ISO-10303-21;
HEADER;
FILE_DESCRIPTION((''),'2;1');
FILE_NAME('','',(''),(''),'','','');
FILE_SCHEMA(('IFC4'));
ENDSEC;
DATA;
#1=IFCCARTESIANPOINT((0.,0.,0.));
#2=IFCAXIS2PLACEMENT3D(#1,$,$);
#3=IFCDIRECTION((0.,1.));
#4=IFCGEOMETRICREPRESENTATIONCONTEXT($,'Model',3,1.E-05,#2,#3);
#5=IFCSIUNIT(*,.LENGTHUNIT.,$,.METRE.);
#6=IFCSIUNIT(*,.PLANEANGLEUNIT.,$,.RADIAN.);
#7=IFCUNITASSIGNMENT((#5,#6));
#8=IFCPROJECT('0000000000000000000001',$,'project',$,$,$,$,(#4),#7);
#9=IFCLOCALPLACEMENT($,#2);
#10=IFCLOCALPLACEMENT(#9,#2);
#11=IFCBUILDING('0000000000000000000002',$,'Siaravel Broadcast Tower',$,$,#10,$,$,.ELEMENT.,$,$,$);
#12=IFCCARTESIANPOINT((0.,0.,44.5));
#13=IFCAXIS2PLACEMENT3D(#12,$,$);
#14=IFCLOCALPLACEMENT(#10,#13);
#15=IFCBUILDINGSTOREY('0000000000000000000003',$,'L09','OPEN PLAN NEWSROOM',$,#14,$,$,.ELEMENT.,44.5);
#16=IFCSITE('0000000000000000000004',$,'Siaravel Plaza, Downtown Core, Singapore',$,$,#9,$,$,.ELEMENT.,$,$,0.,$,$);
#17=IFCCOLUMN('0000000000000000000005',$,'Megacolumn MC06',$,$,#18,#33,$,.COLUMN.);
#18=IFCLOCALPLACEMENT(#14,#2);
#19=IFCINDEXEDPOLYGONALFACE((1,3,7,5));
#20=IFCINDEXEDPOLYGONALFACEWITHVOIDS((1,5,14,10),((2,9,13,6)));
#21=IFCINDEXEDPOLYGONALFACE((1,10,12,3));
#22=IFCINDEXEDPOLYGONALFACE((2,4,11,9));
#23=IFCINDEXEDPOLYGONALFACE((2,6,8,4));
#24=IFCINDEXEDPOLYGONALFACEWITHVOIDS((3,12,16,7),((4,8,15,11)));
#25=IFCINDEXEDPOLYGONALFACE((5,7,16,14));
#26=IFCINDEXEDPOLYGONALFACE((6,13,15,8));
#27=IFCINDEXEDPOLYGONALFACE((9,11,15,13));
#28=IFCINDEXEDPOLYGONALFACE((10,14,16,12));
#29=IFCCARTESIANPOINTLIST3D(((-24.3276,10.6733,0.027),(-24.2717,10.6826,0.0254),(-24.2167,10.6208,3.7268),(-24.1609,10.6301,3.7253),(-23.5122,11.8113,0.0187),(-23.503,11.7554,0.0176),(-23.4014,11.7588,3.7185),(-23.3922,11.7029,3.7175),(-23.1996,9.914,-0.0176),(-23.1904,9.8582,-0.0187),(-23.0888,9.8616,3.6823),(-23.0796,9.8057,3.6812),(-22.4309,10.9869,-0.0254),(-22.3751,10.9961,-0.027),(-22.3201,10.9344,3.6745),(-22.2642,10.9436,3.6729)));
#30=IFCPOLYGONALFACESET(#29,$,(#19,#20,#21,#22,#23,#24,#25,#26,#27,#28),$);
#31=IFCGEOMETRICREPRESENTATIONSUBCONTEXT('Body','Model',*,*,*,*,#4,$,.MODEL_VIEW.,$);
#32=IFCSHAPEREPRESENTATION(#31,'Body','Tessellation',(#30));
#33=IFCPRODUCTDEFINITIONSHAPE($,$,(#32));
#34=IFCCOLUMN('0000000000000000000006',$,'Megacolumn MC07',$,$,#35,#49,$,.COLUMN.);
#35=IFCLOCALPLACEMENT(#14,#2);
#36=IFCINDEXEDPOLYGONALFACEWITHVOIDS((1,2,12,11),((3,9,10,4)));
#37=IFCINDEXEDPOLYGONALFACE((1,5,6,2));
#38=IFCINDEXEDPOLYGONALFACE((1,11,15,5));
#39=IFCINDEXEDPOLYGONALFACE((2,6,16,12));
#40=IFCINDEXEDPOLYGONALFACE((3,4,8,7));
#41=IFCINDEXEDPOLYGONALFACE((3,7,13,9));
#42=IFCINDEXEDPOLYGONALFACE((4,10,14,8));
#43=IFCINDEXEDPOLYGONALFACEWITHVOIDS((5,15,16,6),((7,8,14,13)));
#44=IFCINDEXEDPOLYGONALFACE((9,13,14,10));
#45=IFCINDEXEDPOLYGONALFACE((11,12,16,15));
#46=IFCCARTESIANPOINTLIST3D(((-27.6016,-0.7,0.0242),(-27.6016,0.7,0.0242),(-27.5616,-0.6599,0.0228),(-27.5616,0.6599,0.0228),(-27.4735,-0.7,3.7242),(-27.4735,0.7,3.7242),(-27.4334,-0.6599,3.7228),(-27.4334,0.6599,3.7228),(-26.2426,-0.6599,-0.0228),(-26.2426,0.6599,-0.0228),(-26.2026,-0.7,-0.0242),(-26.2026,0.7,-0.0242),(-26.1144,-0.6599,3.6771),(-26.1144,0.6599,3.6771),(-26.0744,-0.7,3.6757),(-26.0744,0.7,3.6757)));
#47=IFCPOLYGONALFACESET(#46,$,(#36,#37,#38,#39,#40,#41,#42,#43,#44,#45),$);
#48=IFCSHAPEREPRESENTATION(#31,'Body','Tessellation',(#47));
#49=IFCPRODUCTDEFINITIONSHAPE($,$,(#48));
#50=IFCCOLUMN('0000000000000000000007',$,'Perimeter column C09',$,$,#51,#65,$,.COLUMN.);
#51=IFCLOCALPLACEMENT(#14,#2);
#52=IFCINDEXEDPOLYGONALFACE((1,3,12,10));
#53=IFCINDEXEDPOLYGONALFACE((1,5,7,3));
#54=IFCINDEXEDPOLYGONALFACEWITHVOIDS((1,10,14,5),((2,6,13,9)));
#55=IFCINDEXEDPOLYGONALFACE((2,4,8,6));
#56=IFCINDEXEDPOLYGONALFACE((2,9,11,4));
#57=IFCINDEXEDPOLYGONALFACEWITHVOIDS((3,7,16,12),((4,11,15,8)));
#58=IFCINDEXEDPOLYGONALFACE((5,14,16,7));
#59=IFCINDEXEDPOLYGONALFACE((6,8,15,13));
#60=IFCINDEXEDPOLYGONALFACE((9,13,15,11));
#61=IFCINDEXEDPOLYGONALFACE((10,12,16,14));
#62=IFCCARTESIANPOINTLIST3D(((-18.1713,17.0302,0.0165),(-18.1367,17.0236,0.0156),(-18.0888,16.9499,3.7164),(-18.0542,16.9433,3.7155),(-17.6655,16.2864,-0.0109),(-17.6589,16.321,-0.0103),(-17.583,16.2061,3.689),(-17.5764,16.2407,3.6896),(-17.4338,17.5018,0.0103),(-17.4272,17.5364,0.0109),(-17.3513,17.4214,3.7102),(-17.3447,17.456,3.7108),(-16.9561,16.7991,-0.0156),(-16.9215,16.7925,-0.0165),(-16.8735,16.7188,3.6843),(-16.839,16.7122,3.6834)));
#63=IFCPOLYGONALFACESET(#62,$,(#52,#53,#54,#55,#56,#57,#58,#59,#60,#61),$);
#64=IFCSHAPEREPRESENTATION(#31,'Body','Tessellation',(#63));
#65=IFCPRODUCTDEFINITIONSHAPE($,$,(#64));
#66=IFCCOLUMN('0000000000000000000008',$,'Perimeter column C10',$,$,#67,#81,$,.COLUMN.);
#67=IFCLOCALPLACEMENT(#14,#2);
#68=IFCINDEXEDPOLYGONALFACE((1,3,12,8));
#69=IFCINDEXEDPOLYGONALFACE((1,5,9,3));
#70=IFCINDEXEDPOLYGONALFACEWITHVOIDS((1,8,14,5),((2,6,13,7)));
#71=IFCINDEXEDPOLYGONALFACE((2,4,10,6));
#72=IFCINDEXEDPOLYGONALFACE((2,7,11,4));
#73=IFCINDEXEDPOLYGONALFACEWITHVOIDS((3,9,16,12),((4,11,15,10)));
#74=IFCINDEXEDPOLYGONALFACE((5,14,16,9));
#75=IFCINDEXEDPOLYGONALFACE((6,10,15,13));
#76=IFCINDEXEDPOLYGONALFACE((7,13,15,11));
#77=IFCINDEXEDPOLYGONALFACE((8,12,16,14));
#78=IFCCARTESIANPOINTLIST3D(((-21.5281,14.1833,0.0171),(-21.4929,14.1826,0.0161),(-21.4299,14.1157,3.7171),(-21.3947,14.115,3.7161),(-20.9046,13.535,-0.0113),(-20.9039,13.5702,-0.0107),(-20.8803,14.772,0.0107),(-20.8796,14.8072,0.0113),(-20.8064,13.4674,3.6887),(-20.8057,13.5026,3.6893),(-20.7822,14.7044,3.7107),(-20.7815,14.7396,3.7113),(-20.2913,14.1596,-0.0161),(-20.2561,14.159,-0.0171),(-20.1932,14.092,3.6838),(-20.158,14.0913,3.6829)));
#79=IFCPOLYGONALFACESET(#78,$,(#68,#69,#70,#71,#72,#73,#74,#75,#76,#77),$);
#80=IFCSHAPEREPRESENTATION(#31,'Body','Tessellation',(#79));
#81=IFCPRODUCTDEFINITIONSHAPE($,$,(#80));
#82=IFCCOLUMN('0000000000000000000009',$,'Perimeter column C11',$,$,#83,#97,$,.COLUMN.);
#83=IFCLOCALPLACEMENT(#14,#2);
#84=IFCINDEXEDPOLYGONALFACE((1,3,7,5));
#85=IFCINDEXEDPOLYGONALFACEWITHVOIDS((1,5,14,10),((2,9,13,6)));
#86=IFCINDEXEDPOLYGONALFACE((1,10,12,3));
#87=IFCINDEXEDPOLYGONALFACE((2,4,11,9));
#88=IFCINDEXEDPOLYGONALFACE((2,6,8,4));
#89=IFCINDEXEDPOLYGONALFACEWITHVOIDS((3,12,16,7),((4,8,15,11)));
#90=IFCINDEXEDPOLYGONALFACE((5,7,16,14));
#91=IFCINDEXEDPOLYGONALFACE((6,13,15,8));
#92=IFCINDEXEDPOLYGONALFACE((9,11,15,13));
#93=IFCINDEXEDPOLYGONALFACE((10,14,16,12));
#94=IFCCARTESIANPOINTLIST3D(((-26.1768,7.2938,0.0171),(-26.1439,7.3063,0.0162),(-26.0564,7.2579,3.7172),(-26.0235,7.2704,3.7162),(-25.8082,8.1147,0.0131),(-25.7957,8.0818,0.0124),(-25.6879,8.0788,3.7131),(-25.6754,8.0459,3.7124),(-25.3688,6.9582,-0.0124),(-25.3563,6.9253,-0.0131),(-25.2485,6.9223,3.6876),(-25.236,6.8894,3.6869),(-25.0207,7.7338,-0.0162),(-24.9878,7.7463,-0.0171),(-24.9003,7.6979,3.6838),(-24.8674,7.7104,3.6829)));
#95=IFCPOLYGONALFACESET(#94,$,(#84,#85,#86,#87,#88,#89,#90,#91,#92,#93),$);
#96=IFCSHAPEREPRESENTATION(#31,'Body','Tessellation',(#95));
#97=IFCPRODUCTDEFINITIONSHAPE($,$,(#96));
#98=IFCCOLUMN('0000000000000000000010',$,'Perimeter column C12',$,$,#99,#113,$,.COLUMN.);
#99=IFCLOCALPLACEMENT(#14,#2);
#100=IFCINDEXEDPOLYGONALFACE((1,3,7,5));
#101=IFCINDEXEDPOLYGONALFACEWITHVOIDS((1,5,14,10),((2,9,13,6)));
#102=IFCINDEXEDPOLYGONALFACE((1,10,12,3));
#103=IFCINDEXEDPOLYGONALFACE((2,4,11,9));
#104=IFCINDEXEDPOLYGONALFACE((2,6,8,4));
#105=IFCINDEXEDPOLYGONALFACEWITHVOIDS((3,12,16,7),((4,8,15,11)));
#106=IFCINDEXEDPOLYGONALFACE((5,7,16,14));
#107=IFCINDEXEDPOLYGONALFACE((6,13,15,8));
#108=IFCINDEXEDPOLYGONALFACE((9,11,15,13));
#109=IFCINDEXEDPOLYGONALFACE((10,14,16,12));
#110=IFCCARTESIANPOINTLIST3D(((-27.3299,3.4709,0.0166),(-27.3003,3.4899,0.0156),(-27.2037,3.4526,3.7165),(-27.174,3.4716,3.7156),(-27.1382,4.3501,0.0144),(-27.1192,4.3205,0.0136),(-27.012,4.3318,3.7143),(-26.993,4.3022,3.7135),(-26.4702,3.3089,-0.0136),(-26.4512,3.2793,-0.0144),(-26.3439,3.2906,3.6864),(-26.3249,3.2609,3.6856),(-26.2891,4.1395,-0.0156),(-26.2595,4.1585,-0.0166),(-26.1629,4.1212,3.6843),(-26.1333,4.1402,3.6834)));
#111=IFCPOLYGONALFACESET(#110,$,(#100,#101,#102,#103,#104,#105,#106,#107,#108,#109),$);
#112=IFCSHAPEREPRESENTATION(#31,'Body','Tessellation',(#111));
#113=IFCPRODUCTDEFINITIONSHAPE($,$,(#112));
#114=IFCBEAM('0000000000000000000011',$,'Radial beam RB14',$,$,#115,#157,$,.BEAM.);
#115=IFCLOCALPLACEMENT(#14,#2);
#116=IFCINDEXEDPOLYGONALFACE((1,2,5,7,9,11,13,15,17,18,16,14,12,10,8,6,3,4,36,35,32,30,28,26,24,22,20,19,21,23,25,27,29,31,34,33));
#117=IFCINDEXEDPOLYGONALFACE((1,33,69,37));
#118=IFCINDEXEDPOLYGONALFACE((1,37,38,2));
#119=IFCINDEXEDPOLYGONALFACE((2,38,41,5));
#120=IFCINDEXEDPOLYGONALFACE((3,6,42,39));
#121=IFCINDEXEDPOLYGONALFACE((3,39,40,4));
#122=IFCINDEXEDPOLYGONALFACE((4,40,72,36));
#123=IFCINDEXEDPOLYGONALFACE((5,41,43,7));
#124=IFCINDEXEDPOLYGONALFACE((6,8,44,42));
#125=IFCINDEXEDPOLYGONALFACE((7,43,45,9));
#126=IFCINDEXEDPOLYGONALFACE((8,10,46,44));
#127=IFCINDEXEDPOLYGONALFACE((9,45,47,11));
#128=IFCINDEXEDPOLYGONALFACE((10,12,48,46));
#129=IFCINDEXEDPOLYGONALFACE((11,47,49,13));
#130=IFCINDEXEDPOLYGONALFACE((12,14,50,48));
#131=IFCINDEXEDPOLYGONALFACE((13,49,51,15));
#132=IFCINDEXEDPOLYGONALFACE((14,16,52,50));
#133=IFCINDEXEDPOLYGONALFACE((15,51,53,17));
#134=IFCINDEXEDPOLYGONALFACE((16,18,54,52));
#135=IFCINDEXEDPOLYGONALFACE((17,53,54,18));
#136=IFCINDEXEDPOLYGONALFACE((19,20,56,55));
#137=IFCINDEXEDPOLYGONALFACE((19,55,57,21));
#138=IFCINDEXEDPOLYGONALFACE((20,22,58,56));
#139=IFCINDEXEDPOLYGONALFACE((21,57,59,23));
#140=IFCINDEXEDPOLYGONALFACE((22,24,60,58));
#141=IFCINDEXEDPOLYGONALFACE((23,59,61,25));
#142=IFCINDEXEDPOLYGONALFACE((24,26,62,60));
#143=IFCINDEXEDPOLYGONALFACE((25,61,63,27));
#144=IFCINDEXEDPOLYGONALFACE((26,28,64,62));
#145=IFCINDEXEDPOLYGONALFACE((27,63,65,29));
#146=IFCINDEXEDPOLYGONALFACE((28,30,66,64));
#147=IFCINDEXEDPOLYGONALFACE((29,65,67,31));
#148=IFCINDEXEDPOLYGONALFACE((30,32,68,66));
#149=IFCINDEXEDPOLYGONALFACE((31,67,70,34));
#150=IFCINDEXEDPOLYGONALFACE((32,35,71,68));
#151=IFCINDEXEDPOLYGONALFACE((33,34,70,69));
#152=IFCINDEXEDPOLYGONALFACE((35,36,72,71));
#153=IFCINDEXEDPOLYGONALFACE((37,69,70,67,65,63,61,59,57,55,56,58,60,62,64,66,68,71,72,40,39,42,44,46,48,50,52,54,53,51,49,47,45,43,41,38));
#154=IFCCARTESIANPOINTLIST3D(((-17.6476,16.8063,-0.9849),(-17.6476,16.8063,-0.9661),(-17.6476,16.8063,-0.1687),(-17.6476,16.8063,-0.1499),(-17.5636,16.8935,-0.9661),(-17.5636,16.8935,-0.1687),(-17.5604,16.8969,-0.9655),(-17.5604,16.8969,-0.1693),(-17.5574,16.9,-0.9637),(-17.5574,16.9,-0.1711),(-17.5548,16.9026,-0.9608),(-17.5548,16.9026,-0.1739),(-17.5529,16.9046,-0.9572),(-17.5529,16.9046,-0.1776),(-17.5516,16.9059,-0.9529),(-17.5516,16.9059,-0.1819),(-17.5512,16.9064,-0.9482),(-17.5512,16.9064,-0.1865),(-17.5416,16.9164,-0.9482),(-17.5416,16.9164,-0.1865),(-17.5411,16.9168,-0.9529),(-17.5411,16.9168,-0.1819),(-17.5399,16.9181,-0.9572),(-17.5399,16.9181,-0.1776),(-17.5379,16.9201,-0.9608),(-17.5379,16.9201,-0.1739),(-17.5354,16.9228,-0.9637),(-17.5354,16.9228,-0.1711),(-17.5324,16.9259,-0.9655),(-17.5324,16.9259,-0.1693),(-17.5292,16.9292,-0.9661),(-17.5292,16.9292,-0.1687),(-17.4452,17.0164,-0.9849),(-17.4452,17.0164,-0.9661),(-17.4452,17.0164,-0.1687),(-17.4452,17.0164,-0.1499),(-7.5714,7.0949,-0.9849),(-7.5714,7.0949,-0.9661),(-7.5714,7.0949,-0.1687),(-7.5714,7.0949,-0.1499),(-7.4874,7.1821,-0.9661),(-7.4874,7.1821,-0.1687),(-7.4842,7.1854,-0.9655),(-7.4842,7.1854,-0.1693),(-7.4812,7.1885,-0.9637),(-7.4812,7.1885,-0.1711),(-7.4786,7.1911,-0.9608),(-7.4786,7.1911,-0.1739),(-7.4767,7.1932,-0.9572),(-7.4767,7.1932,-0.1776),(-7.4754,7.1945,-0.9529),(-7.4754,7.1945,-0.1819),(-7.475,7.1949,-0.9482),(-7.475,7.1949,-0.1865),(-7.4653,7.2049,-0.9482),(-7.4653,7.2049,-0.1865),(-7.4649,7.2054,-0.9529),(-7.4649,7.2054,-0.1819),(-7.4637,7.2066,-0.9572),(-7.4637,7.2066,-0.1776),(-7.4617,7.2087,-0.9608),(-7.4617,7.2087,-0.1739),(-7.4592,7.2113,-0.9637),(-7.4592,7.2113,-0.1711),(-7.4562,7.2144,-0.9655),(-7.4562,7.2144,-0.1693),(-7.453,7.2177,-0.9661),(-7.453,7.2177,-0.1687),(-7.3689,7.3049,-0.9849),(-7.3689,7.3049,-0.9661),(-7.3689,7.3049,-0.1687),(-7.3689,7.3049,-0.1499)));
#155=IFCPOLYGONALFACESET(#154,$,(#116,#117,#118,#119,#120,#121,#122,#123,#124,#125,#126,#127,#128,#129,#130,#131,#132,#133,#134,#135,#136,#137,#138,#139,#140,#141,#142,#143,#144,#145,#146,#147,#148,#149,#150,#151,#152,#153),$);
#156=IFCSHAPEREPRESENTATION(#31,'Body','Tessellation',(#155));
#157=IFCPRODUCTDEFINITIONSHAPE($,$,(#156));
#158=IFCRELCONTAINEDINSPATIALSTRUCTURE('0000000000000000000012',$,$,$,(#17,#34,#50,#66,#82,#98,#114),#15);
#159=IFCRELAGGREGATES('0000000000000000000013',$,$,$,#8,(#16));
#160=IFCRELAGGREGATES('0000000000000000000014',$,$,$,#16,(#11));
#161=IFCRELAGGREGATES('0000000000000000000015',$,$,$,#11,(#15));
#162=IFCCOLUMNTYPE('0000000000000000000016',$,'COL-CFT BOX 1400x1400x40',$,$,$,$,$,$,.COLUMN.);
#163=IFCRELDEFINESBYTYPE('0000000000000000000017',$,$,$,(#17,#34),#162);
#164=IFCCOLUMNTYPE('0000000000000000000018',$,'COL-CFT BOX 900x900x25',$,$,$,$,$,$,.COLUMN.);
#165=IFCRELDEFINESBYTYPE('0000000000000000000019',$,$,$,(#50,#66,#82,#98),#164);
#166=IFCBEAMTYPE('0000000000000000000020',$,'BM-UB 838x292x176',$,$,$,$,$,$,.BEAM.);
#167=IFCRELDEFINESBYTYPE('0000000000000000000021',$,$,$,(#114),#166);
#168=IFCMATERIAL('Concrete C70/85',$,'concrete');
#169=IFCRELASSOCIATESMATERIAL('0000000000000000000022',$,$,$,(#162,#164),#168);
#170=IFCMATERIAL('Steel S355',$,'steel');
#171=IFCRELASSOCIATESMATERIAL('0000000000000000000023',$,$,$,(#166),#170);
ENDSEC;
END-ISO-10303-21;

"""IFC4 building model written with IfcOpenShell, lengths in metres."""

from ifc_helpers import new_model, si_unit, direction, frame, origin, origin_2d, place, context, subcontext, project, spatial, hollow_rectangle, i_section, extrude, material, material_profile, profile_set, type_object, element, save


model = new_model("IFC4")

# Units and contexts
model_context = context("Model", 3, precision=1e-05, world=origin(), true_north=direction((0.0, 1.0)))
body_context = subcontext(model_context, "Body", "Model", "MODEL_VIEW")
ifc_project = project(units=[si_unit("LENGTHUNIT", "METRE"), si_unit("PLANEANGLEUNIT", "RADIAN")], contexts=[model_context])

# Site, building, storey
site_placement = place(None, origin())
site = spatial("IfcSite", under=ifc_project, at=site_placement, Name="Siaravel Plaza, Downtown Core, Singapore", CompositionType="ELEMENT", RefElevation=0.0)
building_placement = place(site_placement, origin())
building = spatial("IfcBuilding", under=site, at=building_placement, Name="Siaravel Broadcast Tower", CompositionType="ELEMENT")
storey_placement = place(building_placement, frame((0.0, 0.0, 44.5)))
storey = spatial("IfcBuildingStorey", under=building, at=storey_placement, Name="L09", Description="OPEN PLAN NEWSROOM", CompositionType="ELEMENT", Elevation=44.5)

# Columns
ifc_material_1 = material(Name="Concrete C70/85", Category="concrete")
ifc_material_profile_1 = material_profile(ifc_material_1, hollow_rectangle(XDim=1.3999, YDim=1.3999, WallThickness=0.04, at=origin_2d()))
ifc_profile_set_1 = profile_set([ifc_material_profile_1], Name="Concrete C70/85")
column_type_1 = type_object("IfcColumnType", Name="COL-CFT BOX 1400x1400x40", PredefinedType="COLUMN", material=ifc_profile_set_1)
column_1_placement = place(storey_placement, frame((-23.3513, 10.8347, 0.0), z_axis=(0.029941, -0.014179, 0.999451), x_axis=(0.582428, 0.812861, -0.005916)))
element("IfcColumn", 1, at=column_1_placement, inside=storey, type_object=column_type_1, Name="Megacolumn MC06", PredefinedType="COLUMN", context=body_context, shape_type="SweptSolid", body=[
    extrude(hollow_rectangle(XDim=1.3999, YDim=1.3999, WallThickness=0.04, at=origin_2d()), origin(), (0.0, 0.0, 1.0), 3.7019),
])
column_2_placement = place(storey_placement, frame((-26.9021, 0.0, 0.0), z_axis=(0.034621, 0.0, 0.999401), x_axis=(0.0, 1.0, 0.0)))
element("IfcColumn", 2, at=column_2_placement, inside=storey, type_object=column_type_1, Name="Megacolumn MC07", PredefinedType="COLUMN", context=body_context, shape_type="SweptSolid", body=[
    extrude(hollow_rectangle(XDim=1.3999, YDim=1.3999, WallThickness=0.04, at=origin_2d()), origin(), (0.0, 0.0, 1.0), 3.7021),
])
ifc_material_profile_2 = material_profile(ifc_material_1, hollow_rectangle(XDim=0.8999, YDim=0.8999, WallThickness=0.0249, at=origin_2d()))
ifc_profile_set_2 = profile_set([ifc_material_profile_2], Name="Concrete C70/85")
column_type_2 = type_object("IfcColumnType", Name="COL-CFT BOX 900x900x25", PredefinedType="COLUMN", material=ifc_profile_set_2)
column_3_placement = place(storey_placement, frame((-17.5464, 16.9114, 0.0), z_axis=(0.022292, -0.021698, 0.999516), x_axis=(0.826824, 0.562426, -0.006231)))
element("IfcColumn", 3, at=column_3_placement, inside=storey, type_object=column_type_2, Name="Perimeter column C09", PredefinedType="COLUMN", context=body_context, shape_type="SweptSolid", body=[
    extrude(hollow_rectangle(XDim=0.8999, YDim=0.8999, WallThickness=0.0249, at=origin_2d()), origin(), (0.0, 0.0, 1.0), 3.7017),
])
column_4_placement = place(storey_placement, frame((-20.8921, 14.1711, 0.0), z_axis=(0.026512, -0.018268, 0.999482), x_axis=(0.720586, 0.693335, -0.006442)))
element("IfcColumn", 4, at=column_4_placement, inside=storey, type_object=column_type_2, Name="Perimeter column C10", PredefinedType="COLUMN", context=body_context, shape_type="SweptSolid", body=[
    extrude(hollow_rectangle(XDim=0.8999, YDim=0.8999, WallThickness=0.0249, at=origin_2d()), origin(), (0.0, 0.0, 1.0), 3.7019),
])
for number, where, z_axis, x_axis, name in (
    (5, (-25.5823, 7.52, 0.0), (0.032512, -0.009694, 0.999424), (0.409536, 0.912283, -0.004473), "Perimeter column C11"),
    (6, (-26.7947, 3.8147, 0.0), (0.034094, -0.004946, 0.999406), (0.212992, 0.977051, -0.002431), "Perimeter column C12"),
):
    element("IfcColumn", number, at=place(storey_placement, frame(where, z_axis=z_axis, x_axis=x_axis)), inside=storey, type_object=column_type_2, Name=name, PredefinedType="COLUMN", context=body_context, shape_type="SweptSolid", body=[
        extrude(hollow_rectangle(XDim=0.8999, YDim=0.8999, WallThickness=0.0249, at=origin_2d()), origin(), (0.0, 0.0, 1.0), 3.7021),
    ])

# Beam
ifc_material_2 = material(Name="Steel S355", Category="steel")
ifc_material_profile_3 = material_profile(ifc_material_2, i_section(OverallWidth=0.2917, OverallDepth=0.835, WebThickness=0.0139, FlangeThickness=0.0188, FilletRadius=0.0178, at=origin_2d()))
ifc_profile_set_3 = profile_set([ifc_material_profile_3], Name="Steel S355")
beam_type = type_object("IfcBeamType", Name="BM-UB 838x292x176", PredefinedType="BEAM", material=ifc_profile_set_3)
beam_1_placement = place(storey_placement, frame((-17.5464, 16.9114, -0.5674), z_axis=(0.720019, -0.693955, 0.0), x_axis=(0.693955, 0.720019, 0.0)))
element("IfcBeam", 7, at=beam_1_placement, inside=storey, type_object=beam_type, Name="Radial beam RB14", PredefinedType="BEAM", context=body_context, shape_type="SweptSolid", body=[
    extrude(i_section(OverallWidth=0.2917, OverallDepth=0.835, WebThickness=0.0139, FlangeThickness=0.0188, FilletRadius=0.0178, at=origin_2d()), origin(), (0.0, 0.0, 1.0), 13.9944),
])

save(model, "model.ifc")
